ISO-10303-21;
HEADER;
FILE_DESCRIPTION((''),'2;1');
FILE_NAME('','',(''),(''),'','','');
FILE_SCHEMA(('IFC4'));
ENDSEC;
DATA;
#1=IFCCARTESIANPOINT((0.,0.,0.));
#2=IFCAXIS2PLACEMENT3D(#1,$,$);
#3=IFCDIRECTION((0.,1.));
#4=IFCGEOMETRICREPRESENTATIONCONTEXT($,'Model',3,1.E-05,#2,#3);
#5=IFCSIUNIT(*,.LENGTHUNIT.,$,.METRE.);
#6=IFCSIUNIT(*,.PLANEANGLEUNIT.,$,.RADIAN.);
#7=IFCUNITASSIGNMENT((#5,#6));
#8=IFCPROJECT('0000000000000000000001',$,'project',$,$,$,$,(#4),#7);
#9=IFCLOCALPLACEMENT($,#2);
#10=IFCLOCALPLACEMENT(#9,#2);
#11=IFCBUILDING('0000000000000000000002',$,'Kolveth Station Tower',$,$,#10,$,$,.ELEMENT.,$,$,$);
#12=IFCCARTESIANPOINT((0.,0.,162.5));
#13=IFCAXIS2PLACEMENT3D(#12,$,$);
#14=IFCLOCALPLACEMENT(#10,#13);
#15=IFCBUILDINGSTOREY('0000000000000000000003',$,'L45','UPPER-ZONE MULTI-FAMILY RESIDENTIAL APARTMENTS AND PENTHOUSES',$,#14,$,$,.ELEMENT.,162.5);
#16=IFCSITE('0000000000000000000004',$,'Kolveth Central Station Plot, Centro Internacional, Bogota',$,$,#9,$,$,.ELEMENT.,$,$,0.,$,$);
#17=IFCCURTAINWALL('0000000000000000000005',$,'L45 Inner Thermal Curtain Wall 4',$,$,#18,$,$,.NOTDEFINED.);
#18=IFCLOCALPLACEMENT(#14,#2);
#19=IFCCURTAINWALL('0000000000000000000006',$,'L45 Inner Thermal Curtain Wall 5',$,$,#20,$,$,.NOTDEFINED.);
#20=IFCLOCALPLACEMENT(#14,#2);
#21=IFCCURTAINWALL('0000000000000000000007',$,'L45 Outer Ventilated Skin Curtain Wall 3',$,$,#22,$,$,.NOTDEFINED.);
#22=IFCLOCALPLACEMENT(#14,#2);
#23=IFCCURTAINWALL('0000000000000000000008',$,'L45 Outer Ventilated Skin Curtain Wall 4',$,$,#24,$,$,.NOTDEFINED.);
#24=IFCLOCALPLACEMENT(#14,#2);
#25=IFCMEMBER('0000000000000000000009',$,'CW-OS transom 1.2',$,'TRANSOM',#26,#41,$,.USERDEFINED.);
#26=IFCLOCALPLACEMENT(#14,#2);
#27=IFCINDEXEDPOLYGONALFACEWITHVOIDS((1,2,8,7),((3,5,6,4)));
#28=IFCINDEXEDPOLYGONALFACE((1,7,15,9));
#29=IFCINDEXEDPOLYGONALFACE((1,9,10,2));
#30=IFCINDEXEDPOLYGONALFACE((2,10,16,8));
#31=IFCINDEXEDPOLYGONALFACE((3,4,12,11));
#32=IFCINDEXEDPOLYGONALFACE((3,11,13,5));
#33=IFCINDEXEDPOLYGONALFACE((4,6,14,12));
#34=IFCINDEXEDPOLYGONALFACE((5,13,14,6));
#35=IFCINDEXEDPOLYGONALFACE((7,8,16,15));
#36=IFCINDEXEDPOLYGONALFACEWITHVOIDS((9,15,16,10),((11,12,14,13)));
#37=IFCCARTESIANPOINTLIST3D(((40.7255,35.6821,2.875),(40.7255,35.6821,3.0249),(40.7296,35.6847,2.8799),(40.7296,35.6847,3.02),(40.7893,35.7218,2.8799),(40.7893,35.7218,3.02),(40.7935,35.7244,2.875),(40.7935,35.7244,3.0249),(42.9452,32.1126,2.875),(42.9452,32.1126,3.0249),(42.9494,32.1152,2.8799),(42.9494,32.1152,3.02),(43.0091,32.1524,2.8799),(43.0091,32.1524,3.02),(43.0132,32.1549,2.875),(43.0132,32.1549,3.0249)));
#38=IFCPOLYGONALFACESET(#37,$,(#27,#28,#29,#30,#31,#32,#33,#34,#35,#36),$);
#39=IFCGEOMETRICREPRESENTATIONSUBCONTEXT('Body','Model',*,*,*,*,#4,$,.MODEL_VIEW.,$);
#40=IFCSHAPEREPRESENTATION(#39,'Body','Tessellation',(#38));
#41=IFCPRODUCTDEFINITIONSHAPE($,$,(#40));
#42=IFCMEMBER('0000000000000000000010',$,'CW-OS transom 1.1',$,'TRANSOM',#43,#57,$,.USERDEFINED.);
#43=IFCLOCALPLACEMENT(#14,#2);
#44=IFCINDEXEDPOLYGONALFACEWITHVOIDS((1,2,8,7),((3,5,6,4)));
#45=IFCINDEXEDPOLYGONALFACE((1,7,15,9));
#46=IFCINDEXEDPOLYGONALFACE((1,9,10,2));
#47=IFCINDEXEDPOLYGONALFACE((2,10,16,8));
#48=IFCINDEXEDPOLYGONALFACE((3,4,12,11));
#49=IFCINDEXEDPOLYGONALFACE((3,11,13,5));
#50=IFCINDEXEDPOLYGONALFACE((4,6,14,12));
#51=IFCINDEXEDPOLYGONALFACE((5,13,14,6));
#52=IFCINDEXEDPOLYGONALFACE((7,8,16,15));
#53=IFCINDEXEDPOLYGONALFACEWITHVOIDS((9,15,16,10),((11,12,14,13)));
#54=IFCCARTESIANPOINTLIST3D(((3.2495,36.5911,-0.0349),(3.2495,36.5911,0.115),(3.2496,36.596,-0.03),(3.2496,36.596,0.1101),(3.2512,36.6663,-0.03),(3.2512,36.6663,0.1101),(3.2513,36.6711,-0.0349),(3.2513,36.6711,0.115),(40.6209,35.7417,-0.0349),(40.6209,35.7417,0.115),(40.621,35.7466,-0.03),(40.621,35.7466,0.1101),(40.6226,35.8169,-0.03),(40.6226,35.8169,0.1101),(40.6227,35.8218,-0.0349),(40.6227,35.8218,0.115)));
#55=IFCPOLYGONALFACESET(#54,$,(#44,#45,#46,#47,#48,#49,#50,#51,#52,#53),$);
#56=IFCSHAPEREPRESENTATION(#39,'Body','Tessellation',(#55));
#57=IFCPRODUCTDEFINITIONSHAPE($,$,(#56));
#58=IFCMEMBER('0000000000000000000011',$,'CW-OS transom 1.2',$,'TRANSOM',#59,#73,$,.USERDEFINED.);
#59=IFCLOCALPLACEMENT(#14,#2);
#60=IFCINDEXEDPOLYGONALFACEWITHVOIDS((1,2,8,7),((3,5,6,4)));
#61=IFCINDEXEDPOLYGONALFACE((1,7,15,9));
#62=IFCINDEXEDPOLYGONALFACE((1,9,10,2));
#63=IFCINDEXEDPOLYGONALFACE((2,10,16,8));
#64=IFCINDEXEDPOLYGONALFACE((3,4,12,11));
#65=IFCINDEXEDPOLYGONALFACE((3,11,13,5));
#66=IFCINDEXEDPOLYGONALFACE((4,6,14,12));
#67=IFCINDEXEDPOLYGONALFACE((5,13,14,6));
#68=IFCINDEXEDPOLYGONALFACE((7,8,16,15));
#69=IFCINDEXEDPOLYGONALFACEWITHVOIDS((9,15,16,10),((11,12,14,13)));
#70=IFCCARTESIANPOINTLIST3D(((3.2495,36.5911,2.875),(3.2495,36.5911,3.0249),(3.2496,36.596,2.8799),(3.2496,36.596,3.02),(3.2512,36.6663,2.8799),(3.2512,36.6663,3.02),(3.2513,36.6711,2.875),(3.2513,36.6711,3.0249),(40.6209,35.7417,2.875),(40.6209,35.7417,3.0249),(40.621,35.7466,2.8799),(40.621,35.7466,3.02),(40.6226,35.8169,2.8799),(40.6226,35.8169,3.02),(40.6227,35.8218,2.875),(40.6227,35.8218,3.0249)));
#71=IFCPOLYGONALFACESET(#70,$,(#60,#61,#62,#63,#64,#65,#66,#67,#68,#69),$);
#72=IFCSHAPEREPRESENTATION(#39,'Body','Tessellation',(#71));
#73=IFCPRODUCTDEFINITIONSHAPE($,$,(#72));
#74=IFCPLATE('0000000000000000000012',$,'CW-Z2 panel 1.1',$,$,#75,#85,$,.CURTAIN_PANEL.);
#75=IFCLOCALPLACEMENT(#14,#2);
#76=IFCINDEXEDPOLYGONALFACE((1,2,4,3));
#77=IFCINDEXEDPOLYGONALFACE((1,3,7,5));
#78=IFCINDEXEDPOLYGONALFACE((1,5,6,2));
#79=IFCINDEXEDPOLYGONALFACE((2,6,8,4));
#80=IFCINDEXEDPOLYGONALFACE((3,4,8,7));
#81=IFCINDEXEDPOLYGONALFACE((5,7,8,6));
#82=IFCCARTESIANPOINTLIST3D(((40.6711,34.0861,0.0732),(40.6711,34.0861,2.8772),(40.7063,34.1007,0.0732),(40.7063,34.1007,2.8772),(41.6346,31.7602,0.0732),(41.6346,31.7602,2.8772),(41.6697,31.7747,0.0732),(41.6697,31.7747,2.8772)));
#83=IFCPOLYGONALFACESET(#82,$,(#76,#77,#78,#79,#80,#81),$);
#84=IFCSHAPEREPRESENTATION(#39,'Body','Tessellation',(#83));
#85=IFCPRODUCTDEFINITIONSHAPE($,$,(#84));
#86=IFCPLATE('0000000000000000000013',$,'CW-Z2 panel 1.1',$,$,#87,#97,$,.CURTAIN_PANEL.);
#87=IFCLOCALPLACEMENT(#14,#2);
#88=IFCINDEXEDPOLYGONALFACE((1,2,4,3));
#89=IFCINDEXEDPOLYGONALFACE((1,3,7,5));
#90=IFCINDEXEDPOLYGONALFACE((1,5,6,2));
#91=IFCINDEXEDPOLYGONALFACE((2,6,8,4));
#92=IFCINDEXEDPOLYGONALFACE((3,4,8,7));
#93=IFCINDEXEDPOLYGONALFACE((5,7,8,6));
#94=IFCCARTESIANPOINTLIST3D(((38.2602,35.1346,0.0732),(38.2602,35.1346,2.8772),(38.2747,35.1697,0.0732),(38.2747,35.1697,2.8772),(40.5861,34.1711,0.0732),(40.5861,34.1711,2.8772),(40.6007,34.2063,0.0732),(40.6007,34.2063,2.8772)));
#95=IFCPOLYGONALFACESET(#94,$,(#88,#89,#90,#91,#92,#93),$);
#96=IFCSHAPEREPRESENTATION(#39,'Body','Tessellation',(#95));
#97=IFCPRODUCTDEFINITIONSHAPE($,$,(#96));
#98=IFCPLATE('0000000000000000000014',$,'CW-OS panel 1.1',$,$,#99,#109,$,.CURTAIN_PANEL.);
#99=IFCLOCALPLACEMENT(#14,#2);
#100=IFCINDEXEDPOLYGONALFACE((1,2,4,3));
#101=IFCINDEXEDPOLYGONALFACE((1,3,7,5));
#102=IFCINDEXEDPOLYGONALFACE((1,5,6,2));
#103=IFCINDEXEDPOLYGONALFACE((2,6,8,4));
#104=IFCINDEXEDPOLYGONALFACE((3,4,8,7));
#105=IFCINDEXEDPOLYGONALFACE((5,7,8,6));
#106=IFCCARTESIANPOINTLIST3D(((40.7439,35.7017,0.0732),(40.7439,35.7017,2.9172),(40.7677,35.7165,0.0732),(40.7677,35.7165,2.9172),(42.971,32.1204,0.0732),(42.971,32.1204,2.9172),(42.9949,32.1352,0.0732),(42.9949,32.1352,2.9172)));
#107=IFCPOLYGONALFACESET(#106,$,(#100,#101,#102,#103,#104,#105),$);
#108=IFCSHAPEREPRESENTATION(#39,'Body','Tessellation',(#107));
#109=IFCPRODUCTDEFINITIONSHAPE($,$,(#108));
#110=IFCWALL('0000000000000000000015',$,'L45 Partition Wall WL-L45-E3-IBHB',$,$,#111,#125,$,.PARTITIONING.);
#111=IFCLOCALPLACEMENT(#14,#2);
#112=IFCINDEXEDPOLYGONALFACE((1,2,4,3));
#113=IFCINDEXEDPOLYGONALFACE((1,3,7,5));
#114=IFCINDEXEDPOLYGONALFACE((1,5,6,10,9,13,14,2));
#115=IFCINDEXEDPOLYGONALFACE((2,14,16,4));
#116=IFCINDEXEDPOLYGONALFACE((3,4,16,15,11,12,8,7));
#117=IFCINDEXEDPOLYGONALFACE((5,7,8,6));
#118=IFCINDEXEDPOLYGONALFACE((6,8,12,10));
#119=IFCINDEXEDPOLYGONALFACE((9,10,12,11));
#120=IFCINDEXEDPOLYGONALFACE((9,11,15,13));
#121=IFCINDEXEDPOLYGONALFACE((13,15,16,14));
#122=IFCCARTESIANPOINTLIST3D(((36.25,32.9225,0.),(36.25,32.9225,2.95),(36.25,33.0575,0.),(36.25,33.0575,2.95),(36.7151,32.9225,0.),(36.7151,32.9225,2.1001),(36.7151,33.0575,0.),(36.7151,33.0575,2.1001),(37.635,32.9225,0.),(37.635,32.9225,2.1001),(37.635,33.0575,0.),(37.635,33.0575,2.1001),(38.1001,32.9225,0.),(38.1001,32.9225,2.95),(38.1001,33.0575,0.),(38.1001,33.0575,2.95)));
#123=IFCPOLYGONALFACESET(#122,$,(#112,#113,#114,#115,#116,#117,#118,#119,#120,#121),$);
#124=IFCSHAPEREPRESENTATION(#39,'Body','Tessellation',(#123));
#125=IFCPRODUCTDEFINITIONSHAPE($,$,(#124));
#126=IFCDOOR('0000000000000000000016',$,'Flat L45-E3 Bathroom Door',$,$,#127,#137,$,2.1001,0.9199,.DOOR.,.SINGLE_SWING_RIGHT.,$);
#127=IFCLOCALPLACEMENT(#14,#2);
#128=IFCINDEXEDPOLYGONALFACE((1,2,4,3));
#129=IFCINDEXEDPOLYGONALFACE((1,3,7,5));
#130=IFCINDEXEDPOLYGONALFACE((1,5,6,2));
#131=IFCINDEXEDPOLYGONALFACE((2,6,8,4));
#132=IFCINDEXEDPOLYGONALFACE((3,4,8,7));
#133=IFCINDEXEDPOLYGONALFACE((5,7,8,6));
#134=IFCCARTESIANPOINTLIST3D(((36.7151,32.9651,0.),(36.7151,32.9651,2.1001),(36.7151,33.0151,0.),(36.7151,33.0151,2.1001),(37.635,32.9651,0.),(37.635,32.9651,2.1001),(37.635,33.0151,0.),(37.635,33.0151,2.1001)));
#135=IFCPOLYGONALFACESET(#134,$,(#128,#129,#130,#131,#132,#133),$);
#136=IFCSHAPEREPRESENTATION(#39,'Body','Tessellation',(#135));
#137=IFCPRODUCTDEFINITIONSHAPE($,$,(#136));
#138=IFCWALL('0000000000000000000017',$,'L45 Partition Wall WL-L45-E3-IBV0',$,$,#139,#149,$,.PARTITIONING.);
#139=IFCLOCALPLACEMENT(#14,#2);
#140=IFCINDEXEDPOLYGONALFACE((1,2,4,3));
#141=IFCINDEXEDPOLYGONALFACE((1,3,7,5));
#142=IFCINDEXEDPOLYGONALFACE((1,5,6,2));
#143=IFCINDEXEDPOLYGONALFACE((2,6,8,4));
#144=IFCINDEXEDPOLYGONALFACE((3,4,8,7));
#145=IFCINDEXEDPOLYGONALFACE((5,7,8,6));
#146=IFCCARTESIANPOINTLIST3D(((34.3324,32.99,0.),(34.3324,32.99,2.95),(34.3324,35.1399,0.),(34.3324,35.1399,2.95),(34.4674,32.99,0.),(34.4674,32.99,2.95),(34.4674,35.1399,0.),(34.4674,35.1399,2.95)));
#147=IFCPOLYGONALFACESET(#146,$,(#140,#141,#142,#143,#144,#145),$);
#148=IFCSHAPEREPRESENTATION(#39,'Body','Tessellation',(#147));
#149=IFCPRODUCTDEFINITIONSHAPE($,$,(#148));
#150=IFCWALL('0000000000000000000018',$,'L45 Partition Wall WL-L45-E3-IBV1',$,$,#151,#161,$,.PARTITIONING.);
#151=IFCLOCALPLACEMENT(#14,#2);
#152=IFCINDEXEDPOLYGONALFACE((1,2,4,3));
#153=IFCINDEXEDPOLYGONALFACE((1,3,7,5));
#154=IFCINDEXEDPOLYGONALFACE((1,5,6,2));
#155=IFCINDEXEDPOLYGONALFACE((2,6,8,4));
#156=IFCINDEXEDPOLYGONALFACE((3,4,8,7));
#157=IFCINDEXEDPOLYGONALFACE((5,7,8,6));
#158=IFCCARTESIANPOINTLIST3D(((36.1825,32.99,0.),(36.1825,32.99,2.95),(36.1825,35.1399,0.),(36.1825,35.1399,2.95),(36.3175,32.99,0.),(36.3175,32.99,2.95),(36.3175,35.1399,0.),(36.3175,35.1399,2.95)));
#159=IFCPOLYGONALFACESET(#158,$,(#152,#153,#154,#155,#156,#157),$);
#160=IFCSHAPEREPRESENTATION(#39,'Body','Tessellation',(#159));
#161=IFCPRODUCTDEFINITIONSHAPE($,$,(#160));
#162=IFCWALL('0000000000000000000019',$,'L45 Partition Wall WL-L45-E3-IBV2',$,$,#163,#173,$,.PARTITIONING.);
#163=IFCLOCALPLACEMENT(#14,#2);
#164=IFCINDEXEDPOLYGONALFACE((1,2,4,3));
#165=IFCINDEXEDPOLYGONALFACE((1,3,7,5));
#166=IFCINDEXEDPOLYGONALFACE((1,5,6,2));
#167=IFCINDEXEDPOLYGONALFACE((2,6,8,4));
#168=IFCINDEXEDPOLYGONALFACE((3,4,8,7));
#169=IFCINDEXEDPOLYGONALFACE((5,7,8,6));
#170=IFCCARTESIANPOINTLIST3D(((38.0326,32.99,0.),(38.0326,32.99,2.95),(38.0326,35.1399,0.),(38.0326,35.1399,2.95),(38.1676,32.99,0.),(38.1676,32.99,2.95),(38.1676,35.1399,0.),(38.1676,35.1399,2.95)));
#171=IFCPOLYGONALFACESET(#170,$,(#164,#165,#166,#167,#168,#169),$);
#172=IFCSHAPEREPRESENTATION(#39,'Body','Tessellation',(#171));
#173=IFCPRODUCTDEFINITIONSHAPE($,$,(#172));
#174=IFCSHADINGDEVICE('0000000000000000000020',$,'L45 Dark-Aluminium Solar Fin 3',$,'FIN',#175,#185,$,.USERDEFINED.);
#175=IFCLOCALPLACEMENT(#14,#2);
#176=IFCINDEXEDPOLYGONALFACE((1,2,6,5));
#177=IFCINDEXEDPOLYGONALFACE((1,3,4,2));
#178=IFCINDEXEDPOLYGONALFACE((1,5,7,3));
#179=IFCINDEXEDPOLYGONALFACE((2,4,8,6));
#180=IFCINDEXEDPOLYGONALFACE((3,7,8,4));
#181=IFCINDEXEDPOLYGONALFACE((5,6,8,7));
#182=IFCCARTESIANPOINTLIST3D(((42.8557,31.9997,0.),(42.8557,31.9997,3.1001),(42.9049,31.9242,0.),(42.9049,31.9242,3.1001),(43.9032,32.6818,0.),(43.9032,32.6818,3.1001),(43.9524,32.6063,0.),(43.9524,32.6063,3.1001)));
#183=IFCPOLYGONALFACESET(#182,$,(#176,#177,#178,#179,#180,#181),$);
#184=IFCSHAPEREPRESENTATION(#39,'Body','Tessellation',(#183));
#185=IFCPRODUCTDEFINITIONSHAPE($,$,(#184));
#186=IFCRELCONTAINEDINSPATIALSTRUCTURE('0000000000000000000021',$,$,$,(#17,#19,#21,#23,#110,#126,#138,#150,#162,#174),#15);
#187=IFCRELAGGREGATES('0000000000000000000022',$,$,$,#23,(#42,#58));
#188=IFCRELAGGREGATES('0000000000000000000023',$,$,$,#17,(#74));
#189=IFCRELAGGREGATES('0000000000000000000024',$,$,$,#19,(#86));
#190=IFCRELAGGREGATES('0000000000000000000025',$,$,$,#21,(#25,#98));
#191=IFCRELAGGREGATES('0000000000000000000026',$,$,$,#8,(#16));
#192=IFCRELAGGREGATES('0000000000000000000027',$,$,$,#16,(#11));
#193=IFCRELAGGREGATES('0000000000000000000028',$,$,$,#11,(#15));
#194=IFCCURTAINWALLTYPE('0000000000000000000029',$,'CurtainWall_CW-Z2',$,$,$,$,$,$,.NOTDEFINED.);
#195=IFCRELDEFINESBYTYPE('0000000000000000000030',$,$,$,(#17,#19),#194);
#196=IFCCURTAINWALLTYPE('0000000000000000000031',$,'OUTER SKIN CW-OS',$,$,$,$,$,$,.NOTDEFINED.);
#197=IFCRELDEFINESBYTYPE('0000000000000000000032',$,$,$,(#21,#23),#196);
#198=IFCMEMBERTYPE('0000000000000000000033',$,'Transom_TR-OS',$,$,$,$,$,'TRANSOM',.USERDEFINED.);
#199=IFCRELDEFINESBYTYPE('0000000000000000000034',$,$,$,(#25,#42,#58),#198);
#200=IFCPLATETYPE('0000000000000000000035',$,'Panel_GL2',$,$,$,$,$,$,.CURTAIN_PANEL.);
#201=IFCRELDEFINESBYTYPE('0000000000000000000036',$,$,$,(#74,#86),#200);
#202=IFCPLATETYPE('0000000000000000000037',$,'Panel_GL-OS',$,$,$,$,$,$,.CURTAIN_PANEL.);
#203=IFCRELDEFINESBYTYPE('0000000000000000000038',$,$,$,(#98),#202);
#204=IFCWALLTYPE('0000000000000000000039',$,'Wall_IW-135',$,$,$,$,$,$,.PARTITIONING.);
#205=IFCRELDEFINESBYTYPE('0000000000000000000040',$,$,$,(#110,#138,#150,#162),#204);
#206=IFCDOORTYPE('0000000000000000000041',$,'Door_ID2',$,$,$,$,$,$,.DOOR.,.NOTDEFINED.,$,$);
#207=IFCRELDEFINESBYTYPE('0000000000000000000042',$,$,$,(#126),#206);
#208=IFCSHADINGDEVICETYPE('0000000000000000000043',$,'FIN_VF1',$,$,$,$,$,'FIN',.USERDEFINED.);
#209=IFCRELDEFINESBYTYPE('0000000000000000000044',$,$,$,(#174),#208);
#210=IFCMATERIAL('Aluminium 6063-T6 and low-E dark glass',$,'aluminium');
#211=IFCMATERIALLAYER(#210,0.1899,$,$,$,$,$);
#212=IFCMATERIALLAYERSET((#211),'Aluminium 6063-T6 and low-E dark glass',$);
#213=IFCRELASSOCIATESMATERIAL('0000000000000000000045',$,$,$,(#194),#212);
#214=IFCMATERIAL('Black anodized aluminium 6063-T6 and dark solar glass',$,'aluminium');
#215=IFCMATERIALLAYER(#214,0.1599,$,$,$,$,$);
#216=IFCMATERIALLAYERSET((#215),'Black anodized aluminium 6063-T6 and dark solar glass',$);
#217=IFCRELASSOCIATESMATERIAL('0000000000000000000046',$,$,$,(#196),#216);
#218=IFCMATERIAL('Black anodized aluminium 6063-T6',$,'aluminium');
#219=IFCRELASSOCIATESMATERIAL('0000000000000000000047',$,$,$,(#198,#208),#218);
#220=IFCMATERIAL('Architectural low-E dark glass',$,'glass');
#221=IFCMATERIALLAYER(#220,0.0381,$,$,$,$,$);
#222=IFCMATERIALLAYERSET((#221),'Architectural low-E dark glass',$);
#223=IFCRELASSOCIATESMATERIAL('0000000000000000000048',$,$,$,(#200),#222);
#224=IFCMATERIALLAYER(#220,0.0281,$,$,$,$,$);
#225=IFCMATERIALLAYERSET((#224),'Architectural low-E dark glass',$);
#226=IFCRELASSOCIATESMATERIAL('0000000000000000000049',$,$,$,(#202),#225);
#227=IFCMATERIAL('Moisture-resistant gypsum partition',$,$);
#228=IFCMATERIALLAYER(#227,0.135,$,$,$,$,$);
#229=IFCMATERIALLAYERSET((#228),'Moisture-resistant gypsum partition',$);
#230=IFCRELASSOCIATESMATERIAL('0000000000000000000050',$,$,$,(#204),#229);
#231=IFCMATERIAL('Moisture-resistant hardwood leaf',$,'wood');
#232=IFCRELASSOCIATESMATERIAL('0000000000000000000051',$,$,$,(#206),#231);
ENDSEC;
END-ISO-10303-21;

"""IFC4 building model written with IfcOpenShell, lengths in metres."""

from ifc_helpers import new_model, si_unit, direction, frame, frame_2d, origin, origin_2d, place, context, subcontext, project, spatial, rectangle, hollow_rectangle, extrude, source, transform, mapped, material, layer, layer_set, material_profile, profile_set, type_object, element, fill, aggregate, save


model = new_model("IFC4")

# Units and contexts
model_context = context("Model", 3, precision=1e-05, world=origin(), true_north=direction((0.0, 1.0)))
body_context = subcontext(model_context, "Body", "Model", "MODEL_VIEW")
ifc_project = project(units=[si_unit("LENGTHUNIT", "METRE"), si_unit("PLANEANGLEUNIT", "RADIAN")], contexts=[model_context])

# Site, building, storey
site_placement = place(None, origin())
site = spatial("IfcSite", under=ifc_project, at=site_placement, Name="Kolveth Central Station Plot, Centro Internacional, Bogota", CompositionType="ELEMENT", RefElevation=0.0)
building_placement = place(site_placement, origin())
building = spatial("IfcBuilding", under=site, at=building_placement, Name="Kolveth Station Tower", CompositionType="ELEMENT")
storey_placement = place(building_placement, frame((0.0, 0.0, 162.5)))
storey = spatial("IfcBuildingStorey", under=building, at=storey_placement, Name="L45", Description="UPPER-ZONE MULTI-FAMILY RESIDENTIAL APARTMENTS AND PENTHOUSES", CompositionType="ELEMENT", Elevation=162.5)

# Curtain wall
ifc_material_1 = material(Name="Aluminium 6063-T6 and low-E dark glass", Category="aluminium")
ifc_layer_1 = layer(ifc_material_1, 0.1899)
ifc_layer_set_1 = layer_set([ifc_layer_1], Name="Aluminium 6063-T6 and low-E dark glass")
curtain_wall_type_1 = type_object("IfcCurtainWallType", Name="CurtainWall_CW-Z2", PredefinedType="NOTDEFINED", material=ifc_layer_set_1)
curtain_wall_1_placement = place(storey_placement, origin())
curtain_wall_1 = element("IfcCurtainWall", 1, at=curtain_wall_1_placement, inside=storey, type_object=curtain_wall_type_1, Name="L45 Inner Thermal Curtain Wall 4", PredefinedType="NOTDEFINED")
ifc_material_2 = material(Name="Black anodized aluminium 6063-T6", Category="aluminium")

# Curtain wall
curtain_wall_2_placement = place(storey_placement, origin())
curtain_wall_2 = element("IfcCurtainWall", 2, at=curtain_wall_2_placement, inside=storey, type_object=curtain_wall_type_1, Name="L45 Inner Thermal Curtain Wall 5", PredefinedType="NOTDEFINED")

# Curtain walls
ifc_material_3 = material(Name="Black anodized aluminium 6063-T6 and dark solar glass", Category="aluminium")
ifc_layer_2 = layer(ifc_material_3, 0.1599)
ifc_layer_set_2 = layer_set([ifc_layer_2], Name="Black anodized aluminium 6063-T6 and dark solar glass")
curtain_wall_type_2 = type_object("IfcCurtainWallType", Name="OUTER SKIN CW-OS", PredefinedType="NOTDEFINED", material=ifc_layer_set_2)
curtain_wall_3_placement = place(storey_placement, origin())
curtain_wall_3 = element("IfcCurtainWall", 3, at=curtain_wall_3_placement, inside=storey, type_object=curtain_wall_type_2, Name="L45 Outer Ventilated Skin Curtain Wall 3", PredefinedType="NOTDEFINED")
curtain_wall_4_placement = place(storey_placement, origin())
curtain_wall_4 = element("IfcCurtainWall", 4, at=curtain_wall_4_placement, inside=storey, type_object=curtain_wall_type_2, Name="L45 Outer Ventilated Skin Curtain Wall 4", PredefinedType="NOTDEFINED")

# Members
ifc_material_profile_1 = material_profile(ifc_material_2, hollow_rectangle(XDim=0.0801, YDim=0.1499, WallThickness=0.0049, at=origin_2d()), Name="ALU-80x150x5")
ifc_profile_set_1 = profile_set([ifc_material_profile_1], Name="Black anodized aluminium 6063-T6")
member_type_1 = type_object("IfcMemberType", Name="Transom_TR-OS", ElementType="TRANSOM", PredefinedType="USERDEFINED", material=ifc_profile_set_1)
shared_shape_1 = source(origin(), body_context, "Body", "SweptSolid", [
    extrude(hollow_rectangle(XDim=0.0801, YDim=0.1499, WallThickness=0.0049, at=origin_2d()), origin(), (0.0, 0.0, 1.0), 4.2034),
])
member_1_placement = place(storey_placement, frame((42.9792, 32.1338, 2.95), z_axis=(-0.528097, 0.849184, 0.0), x_axis=(-0.849184, -0.528097, 0.0)))
member_1 = element("IfcMember", 5, at=member_1_placement, type_object=member_type_1, Name="CW-OS transom 1.2", ObjectType="TRANSOM", PredefinedType="USERDEFINED", context=body_context, shape_type="MappedRepresentation", body=[
    mapped(shared_shape_1, transform((0.0, 0.0, 0.0), x_axis=(1.0, 0.0, 0.0), y_axis=(0.0, 1.0, 0.0), z_axis=(0.0, 0.0, 1.0), scale=1.0)),
])
shared_shape_2 = source(origin(), body_context, "Body", "SweptSolid", [
    extrude(hollow_rectangle(XDim=0.0801, YDim=0.1499, WallThickness=0.0049, at=origin_2d()), origin(), (0.0, 0.0, 1.0), 37.3811),
])
member_2_placement = place(storey_placement, frame((40.6218, 35.7817, 0.04), z_axis=(-0.999742, 0.022722, 0.0), x_axis=(-0.022722, -0.999742, 0.0)))
member_2 = element("IfcMember", 6, at=member_2_placement, type_object=member_type_1, Name="CW-OS transom 1.1", ObjectType="TRANSOM", PredefinedType="USERDEFINED", context=body_context, shape_type="MappedRepresentation", body=[
    mapped(shared_shape_2, transform((0.0, 0.0, 0.0), x_axis=(1.0, 0.0, 0.0), y_axis=(0.0, 1.0, 0.0), z_axis=(0.0, 0.0, 1.0), scale=1.0)),
])
member_3_placement = place(storey_placement, frame((40.6218, 35.7817, 2.95), z_axis=(-0.999742, 0.022722, 0.0), x_axis=(-0.022722, -0.999742, 0.0)))
member_3 = element("IfcMember", 7, at=member_3_placement, type_object=member_type_1, Name="CW-OS transom 1.2", ObjectType="TRANSOM", PredefinedType="USERDEFINED", context=body_context, shape_type="MappedRepresentation", body=[
    mapped(shared_shape_2, transform((0.0, 0.0, 0.0), x_axis=(1.0, 0.0, 0.0), y_axis=(0.0, 1.0, 0.0), z_axis=(0.0, 0.0, 1.0), scale=1.0)),
])
aggregate(curtain_wall_4, [member_2, member_3])

# Plates
ifc_material_4 = material(Name="Architectural low-E dark glass", Category="glass")
ifc_layer_3 = layer(ifc_material_4, 0.0381)
ifc_layer_set_3 = layer_set([ifc_layer_3], Name="Architectural low-E dark glass")
plate_type_1 = type_object("IfcPlateType", Name="Panel_GL2", PredefinedType="CURTAIN_PANEL", material=ifc_layer_set_3)
shared_shape_3 = source(origin(), body_context, "Body", "SweptSolid", [
    extrude(rectangle(XDim=2.5176, YDim=0.0381, at=origin_2d()), origin(), (0.0, 0.0, 1.0), 2.804),
])
plate_1_placement = place(storey_placement, frame((41.1704, 32.9304, 0.0732), z_axis=(0.0, 0.0, 1.0), x_axis=(-0.382698, 0.923874, 0.0)))
plate_1 = element("IfcPlate", 8, at=plate_1_placement, type_object=plate_type_1, Name="CW-Z2 panel 1.1", PredefinedType="CURTAIN_PANEL", context=body_context, shape_type="MappedRepresentation", body=[
    mapped(shared_shape_3, transform((0.0, 0.0, 0.0), x_axis=(1.0, 0.0, 0.0), y_axis=(0.0, 1.0, 0.0), z_axis=(0.0, 0.0, 1.0), scale=1.0)),
])
aggregate(curtain_wall_1, [plate_1])
plate_2_placement = place(storey_placement, frame((39.4304, 34.6704, 0.0732), z_axis=(0.0, 0.0, 1.0), x_axis=(-0.923874, 0.382698, 0.0)))
plate_2 = element("IfcPlate", 9, at=plate_2_placement, type_object=plate_type_1, Name="CW-Z2 panel 1.1", PredefinedType="CURTAIN_PANEL", context=body_context, shape_type="MappedRepresentation", body=[
    mapped(shared_shape_3, transform((0.0, 0.0, 0.0), x_axis=(1.0, 0.0, 0.0), y_axis=(0.0, 1.0, 0.0), z_axis=(0.0, 0.0, 1.0), scale=1.0)),
])
aggregate(curtain_wall_2, [plate_2])
ifc_layer_4 = layer(ifc_material_4, 0.0281)
ifc_layer_set_4 = layer_set([ifc_layer_4], Name="Architectural low-E dark glass")
plate_type_2 = type_object("IfcPlateType", Name="Panel_GL-OS", PredefinedType="CURTAIN_PANEL", material=ifc_layer_set_4)
shared_shape_4 = source(origin(), body_context, "Body", "SweptSolid", [
    extrude(rectangle(XDim=4.2173, YDim=0.0281, at=origin_2d()), origin(), (0.0, 0.0, 1.0), 2.844),
])
plate_3_placement = place(storey_placement, frame((41.8694, 33.9185, 0.0732), z_axis=(0.0, 0.0, 1.0), x_axis=(-0.528099, 0.849183, 0.0)))
plate_3 = element("IfcPlate", 10, at=plate_3_placement, type_object=plate_type_2, Name="CW-OS panel 1.1", PredefinedType="CURTAIN_PANEL", context=body_context, shape_type="MappedRepresentation", body=[
    mapped(shared_shape_4, transform((0.0, 0.0, 0.0), x_axis=(1.0, 0.0, 0.0), y_axis=(0.0, 1.0, 0.0), z_axis=(0.0, 0.0, 1.0), scale=1.0)),
])
aggregate(curtain_wall_3, [member_1, plate_3])

# Wall, opening, door
ifc_material_5 = material(Name="Moisture-resistant gypsum partition")
ifc_layer_5 = layer(ifc_material_5, 0.135)
ifc_layer_set_5 = layer_set([ifc_layer_5], Name="Moisture-resistant gypsum partition")
wall_type = type_object("IfcWallType", Name="Wall_IW-135", PredefinedType="PARTITIONING", material=ifc_layer_set_5)
wall_1_placement = place(storey_placement, frame((36.25, 32.99, 0.0), z_axis=(0.0, 0.0, 1.0), x_axis=(1.0, 0.0, 0.0)))
wall_1 = element("IfcWall", 11, at=wall_1_placement, inside=storey, type_object=wall_type, Name="L45 Partition Wall WL-L45-E3-IBHB", PredefinedType="PARTITIONING", context=body_context, shape_type="SweptSolid", body=[
    extrude(rectangle(XDim=1.8501, YDim=0.135, at=frame_2d((0.925, 0.0))), origin(), (0.0, 0.0, 1.0), 2.95),
])
opening_1_placement = place(wall_1_placement, frame((0.4651, 0.0, 0.0)))
opening_1 = element("IfcOpeningElement", 12, at=opening_1_placement, cuts=wall_1, PredefinedType="OPENING", context=body_context, shape_type="SweptSolid", body=[
    extrude(rectangle(XDim=0.9199, YDim=2.1001, at=frame_2d((0.46, 1.05))), frame((0.0, 0.0774, 0.0), z_axis=(0.0, -1.0, 0.0), x_axis=(1.0, 0.0, 0.0)), (0.0, 0.0, 1.0), 0.155),
])
ifc_material_6 = material(Name="Moisture-resistant hardwood leaf", Category="wood")
door_type_1 = type_object("IfcDoorType", Name="Door_ID2", OperationType="NOTDEFINED", PredefinedType="DOOR", material=ifc_material_6)
door_1_placement = place(opening_1_placement, frame((0.9199, 0.0, 0.0), z_axis=(0.0, 0.0, 1.0), x_axis=(-1.0, 0.0, 0.0)))
door_1 = element("IfcDoor", 13, at=door_1_placement, inside=storey, type_object=door_type_1, Name="Flat L45-E3 Bathroom Door", OperationType="SINGLE_SWING_RIGHT", OverallHeight=2.1001, OverallWidth=0.9199, PredefinedType="DOOR", context=body_context, shape_type="SweptSolid", body=[
    extrude(rectangle(XDim=0.9199, YDim=2.1001, at=frame_2d((0.46, 1.05))), frame((0.0, 0.0249, 0.0), z_axis=(0.0, -1.0, 0.0), x_axis=(1.0, 0.0, 0.0)), (0.0, 0.0, 1.0), 0.05),
])
fill(opening_1, door_1)

# Walls
for number, where, z_axis, x_axis, name in (
    (14, (34.3999, 32.99, 0.0), (0.0, 0.0, 1.0), (0.0, 1.0, 0.0), "L45 Partition Wall WL-L45-E3-IBV0"),
    (15, (36.25, 32.99, 0.0), (0.0, 0.0, 1.0), (0.0, 1.0, 0.0), "L45 Partition Wall WL-L45-E3-IBV1"),
    (16, (38.1001, 32.99, 0.0), (0.0, 0.0, 1.0), (0.0, 1.0, 0.0), "L45 Partition Wall WL-L45-E3-IBV2"),
):
    element("IfcWall", number, at=place(storey_placement, frame(where, z_axis=z_axis, x_axis=x_axis)), inside=storey, type_object=wall_type, Name=name, PredefinedType="PARTITIONING", context=body_context, shape_type="SweptSolid", body=[
        extrude(rectangle(XDim=2.1499, YDim=0.135, at=frame_2d((1.075, 0.0))), origin(), (0.0, 0.0, 1.0), 2.95),
    ])

# Shading device
shading_device_type = type_object("IfcShadingDeviceType", Name="FIN_VF1", ElementType="FIN", PredefinedType="USERDEFINED", material=ifc_material_2)
shared_shape_5 = source(origin(), body_context, "Body", "SweptSolid", [
    extrude(rectangle(XDim=1.25, YDim=0.0901, at=origin_2d()), origin(), (0.0, 0.0, 1.0), 3.1001),
])
for number, where, z_axis, x_axis, name in (
    (17, (43.4041, 32.303, 0.0), (0.0, 0.0, 1.0), (0.838005, 0.545663, 0.0), "L45 Dark-Aluminium Solar Fin 3"),
):
    element("IfcShadingDevice", number, at=place(storey_placement, frame(where, z_axis=z_axis, x_axis=x_axis)), inside=storey, type_object=shading_device_type, Name=name, ObjectType="FIN", PredefinedType="USERDEFINED", context=body_context, shape_type="MappedRepresentation", body=[
        mapped(shared_shape_5, transform((0.0, 0.0, 0.0), x_axis=(1.0, 0.0, 0.0), y_axis=(0.0, 1.0, 0.0), z_axis=(0.0, 0.0, 1.0), scale=1.0)),
    ])

save(model, "model.ifc")
